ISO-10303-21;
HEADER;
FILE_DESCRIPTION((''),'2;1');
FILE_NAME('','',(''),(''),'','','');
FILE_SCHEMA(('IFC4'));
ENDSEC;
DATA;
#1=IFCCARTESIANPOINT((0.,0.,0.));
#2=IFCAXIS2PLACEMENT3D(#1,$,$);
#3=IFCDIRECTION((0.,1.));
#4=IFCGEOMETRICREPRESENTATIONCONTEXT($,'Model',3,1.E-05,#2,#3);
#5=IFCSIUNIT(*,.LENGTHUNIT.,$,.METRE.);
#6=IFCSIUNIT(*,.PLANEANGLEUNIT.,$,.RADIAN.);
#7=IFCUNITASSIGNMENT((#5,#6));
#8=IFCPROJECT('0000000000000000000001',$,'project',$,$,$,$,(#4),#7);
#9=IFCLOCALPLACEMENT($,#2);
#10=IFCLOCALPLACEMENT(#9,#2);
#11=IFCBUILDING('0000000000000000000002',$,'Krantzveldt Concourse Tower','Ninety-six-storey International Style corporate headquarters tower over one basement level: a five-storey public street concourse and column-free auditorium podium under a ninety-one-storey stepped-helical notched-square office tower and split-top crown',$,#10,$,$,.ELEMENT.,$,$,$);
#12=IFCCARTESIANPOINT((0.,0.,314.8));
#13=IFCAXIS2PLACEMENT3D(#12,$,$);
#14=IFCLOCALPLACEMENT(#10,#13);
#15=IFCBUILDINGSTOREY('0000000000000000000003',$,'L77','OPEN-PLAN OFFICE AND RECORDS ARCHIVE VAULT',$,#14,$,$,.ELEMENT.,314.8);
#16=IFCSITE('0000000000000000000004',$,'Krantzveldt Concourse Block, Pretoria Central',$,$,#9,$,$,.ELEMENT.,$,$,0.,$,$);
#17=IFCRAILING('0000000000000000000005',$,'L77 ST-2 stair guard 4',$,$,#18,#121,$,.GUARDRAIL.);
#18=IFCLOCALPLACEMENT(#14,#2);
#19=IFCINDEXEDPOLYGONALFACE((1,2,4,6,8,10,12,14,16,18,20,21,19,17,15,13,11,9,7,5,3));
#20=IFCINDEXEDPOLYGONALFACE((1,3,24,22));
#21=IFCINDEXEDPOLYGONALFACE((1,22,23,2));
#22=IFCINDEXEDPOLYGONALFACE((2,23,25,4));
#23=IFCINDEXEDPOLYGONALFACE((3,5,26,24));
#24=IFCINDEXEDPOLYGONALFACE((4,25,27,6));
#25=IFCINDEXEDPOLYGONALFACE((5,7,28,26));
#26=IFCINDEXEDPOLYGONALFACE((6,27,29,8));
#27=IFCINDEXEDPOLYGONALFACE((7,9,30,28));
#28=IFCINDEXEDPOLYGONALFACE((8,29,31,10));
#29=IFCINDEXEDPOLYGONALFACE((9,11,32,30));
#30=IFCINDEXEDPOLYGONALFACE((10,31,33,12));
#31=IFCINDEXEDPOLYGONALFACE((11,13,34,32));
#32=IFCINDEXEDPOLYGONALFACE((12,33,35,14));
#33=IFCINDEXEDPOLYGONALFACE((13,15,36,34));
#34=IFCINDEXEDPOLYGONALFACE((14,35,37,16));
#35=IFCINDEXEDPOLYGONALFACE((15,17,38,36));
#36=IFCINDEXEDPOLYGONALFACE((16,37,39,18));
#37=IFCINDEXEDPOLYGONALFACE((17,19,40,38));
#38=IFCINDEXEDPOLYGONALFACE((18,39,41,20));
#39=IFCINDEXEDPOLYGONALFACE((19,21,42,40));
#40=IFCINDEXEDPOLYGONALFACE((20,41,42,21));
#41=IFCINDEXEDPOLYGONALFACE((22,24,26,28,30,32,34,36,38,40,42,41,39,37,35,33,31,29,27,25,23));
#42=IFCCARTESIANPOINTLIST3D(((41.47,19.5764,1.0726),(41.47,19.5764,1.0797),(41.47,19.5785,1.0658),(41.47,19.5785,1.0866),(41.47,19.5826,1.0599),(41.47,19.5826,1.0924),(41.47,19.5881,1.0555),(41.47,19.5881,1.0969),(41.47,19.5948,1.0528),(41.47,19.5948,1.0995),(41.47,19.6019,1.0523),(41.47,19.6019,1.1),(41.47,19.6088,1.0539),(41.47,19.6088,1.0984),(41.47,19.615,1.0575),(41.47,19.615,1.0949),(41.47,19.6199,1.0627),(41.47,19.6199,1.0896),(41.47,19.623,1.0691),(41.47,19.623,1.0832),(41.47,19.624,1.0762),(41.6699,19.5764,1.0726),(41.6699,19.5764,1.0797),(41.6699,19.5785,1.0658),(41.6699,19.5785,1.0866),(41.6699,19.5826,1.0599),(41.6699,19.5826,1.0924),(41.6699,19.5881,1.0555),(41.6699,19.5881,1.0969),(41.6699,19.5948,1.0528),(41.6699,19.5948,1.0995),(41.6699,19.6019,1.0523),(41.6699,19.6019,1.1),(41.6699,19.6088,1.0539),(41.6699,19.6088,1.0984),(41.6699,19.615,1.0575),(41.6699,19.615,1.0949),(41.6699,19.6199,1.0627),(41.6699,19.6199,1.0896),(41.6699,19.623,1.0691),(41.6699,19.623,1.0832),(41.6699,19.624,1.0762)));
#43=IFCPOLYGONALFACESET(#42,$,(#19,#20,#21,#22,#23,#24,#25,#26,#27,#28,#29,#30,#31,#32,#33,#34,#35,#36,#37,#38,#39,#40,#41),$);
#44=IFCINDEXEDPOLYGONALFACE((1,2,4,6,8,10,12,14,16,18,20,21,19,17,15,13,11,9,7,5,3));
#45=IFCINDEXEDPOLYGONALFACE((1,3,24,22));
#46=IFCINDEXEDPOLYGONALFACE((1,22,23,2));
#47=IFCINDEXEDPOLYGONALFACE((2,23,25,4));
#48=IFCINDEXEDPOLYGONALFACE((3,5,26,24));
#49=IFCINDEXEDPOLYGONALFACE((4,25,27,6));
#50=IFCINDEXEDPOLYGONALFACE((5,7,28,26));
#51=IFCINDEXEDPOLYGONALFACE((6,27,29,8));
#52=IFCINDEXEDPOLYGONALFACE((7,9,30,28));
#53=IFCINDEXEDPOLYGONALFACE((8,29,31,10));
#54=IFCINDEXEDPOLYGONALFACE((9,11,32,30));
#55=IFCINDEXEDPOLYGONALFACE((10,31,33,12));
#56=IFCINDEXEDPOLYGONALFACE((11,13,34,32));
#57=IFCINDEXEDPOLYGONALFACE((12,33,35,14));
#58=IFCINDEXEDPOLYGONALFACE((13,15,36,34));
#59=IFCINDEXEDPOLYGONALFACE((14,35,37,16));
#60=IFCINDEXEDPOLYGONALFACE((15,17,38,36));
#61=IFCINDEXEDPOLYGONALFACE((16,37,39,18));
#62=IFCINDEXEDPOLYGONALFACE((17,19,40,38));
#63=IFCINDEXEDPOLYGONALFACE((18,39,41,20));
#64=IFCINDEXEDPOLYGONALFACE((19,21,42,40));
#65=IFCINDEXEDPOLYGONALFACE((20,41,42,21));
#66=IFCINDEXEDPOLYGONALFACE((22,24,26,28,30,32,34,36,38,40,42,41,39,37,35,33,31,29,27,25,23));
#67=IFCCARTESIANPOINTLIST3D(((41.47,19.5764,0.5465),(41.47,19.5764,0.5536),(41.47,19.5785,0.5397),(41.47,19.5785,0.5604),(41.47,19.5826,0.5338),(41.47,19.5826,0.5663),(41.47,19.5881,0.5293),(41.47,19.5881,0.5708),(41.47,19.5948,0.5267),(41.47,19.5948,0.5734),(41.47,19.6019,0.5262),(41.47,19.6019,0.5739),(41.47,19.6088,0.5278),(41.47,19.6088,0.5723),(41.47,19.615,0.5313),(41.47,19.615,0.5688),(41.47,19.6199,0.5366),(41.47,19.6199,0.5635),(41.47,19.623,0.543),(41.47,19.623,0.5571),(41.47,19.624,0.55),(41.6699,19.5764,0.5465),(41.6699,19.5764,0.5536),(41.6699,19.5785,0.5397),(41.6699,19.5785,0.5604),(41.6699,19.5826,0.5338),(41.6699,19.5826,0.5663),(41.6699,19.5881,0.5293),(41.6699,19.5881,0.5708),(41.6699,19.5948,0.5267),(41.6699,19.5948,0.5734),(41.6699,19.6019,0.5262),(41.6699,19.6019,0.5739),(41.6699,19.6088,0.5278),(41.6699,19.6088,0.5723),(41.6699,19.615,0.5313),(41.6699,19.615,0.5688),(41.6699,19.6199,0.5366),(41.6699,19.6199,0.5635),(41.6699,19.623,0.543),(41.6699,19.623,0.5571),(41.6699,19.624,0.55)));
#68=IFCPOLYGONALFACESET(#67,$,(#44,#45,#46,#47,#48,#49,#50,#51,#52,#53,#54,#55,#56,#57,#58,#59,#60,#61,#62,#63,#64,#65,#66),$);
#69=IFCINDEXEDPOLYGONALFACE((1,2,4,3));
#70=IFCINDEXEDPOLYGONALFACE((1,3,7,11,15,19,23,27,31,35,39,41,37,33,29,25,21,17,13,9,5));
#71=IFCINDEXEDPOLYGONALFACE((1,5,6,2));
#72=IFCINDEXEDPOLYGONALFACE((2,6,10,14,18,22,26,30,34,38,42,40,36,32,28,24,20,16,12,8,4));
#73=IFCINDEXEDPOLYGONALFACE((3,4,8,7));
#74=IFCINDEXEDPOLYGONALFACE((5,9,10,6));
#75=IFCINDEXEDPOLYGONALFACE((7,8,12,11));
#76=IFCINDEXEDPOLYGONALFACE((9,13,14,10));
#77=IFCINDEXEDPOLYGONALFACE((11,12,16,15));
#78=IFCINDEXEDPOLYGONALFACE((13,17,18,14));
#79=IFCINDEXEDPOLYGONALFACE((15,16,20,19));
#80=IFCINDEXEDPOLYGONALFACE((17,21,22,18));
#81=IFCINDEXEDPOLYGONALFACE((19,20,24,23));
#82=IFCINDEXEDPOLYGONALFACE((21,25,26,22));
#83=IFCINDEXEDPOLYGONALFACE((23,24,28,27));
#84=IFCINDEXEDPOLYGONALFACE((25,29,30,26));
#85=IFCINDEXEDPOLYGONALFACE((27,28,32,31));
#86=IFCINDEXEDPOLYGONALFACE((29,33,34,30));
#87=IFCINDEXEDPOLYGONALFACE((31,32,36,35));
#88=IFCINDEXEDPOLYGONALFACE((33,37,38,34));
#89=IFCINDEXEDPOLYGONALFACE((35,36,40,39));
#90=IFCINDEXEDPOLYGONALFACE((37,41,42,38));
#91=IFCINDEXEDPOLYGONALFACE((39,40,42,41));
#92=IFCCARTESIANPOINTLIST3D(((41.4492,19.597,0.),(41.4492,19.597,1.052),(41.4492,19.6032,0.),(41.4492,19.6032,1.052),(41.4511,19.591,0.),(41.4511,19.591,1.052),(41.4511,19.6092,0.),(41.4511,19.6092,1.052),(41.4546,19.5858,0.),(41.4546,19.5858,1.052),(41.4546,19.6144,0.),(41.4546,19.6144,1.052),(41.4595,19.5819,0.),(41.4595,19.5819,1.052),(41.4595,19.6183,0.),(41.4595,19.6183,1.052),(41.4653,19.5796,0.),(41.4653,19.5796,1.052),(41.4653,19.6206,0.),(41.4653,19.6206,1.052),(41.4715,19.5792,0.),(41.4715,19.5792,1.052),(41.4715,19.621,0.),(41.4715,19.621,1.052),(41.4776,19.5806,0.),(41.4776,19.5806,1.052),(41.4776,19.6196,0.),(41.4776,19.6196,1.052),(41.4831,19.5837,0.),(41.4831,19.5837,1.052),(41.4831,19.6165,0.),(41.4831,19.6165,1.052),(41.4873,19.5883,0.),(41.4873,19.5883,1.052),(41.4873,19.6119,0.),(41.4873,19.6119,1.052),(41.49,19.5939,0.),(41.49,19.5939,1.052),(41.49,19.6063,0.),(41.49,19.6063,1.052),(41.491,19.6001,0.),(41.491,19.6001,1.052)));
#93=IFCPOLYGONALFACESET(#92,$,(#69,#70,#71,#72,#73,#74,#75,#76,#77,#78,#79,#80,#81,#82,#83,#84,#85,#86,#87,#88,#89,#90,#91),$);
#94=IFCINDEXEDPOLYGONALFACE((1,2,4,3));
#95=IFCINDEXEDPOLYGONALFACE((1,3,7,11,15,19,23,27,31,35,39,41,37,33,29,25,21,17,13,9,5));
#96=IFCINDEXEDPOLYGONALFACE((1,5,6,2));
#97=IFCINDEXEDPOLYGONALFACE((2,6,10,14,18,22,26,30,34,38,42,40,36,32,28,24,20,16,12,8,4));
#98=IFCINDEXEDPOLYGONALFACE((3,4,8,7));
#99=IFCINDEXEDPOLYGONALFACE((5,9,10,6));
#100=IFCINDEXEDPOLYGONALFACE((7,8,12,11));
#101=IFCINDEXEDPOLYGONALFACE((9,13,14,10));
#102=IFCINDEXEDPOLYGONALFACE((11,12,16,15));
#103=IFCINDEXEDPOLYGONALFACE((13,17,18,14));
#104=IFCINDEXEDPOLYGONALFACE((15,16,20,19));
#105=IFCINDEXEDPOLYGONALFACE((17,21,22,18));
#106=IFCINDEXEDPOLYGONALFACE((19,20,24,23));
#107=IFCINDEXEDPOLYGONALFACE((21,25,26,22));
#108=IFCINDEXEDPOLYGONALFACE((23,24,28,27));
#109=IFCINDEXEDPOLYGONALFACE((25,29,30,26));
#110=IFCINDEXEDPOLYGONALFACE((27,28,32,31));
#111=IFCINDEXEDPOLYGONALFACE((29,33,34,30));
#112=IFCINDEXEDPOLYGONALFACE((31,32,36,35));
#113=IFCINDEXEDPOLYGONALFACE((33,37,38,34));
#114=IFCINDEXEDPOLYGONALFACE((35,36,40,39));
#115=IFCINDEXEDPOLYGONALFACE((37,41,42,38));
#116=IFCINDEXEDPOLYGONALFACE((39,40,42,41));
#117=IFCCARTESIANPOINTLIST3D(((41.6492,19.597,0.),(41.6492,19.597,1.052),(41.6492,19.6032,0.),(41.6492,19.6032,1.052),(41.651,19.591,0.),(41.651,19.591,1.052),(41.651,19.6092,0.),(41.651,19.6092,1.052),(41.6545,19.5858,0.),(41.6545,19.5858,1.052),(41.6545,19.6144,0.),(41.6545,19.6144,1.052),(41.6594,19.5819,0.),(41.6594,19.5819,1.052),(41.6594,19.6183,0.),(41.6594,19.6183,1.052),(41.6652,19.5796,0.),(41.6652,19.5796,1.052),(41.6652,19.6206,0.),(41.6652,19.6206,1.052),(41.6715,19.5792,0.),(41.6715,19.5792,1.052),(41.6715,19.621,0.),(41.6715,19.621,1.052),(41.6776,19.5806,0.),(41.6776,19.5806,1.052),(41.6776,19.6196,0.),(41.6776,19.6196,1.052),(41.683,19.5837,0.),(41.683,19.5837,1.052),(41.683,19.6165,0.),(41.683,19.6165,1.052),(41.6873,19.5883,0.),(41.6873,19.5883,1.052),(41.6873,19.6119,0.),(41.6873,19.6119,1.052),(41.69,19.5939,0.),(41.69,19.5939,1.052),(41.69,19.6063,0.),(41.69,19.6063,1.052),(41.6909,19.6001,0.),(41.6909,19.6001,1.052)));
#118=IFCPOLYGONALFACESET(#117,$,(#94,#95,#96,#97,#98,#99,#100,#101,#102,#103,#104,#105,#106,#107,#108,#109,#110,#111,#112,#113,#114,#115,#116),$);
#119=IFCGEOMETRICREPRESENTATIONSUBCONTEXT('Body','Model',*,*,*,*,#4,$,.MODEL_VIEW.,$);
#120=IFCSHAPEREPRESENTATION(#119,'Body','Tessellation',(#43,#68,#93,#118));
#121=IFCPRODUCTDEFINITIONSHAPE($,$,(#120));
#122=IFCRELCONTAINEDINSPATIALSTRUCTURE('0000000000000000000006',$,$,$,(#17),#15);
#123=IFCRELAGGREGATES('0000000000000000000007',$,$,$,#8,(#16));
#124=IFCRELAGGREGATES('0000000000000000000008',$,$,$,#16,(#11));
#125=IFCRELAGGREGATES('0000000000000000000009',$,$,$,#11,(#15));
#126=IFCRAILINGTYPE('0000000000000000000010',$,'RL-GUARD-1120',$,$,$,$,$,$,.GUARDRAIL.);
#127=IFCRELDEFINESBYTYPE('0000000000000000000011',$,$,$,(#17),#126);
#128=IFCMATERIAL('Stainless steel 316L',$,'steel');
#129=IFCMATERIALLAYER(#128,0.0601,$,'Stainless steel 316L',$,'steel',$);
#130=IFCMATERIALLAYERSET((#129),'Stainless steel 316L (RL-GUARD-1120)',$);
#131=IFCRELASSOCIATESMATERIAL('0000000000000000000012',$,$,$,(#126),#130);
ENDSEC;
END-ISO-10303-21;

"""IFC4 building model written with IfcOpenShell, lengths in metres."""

from ifc_helpers import new_model, si_unit, direction, frame, origin, origin_2d, place, context, subcontext, project, spatial, circle, extrude, material, layer, layer_set, type_object, element, save


model = new_model("IFC4")

# Units and contexts
model_context = context("Model", 3, precision=1e-05, world=origin(), true_north=direction((0.0, 1.0)))
body_context = subcontext(model_context, "Body", "Model", "MODEL_VIEW")
ifc_project = project(units=[si_unit("LENGTHUNIT", "METRE"), si_unit("PLANEANGLEUNIT", "RADIAN")], contexts=[model_context])

# Site, building, storey
site_placement = place(None, origin())
site = spatial("IfcSite", under=ifc_project, at=site_placement, Name="Krantzveldt Concourse Block, Pretoria Central", CompositionType="ELEMENT", RefElevation=0.0)
building_placement = place(site_placement, origin())
building = spatial("IfcBuilding", under=site, at=building_placement, Name="Krantzveldt Concourse Tower", Description="Ninety-six-storey International Style corporate headquarters tower over one basement level: a five-storey public street concourse and column-free auditorium podium under a ninety-one-storey stepped-helical notched-square office tower and split-top crown", CompositionType="ELEMENT")
storey_placement = place(building_placement, frame((0.0, 0.0, 314.8)))
storey = spatial("IfcBuildingStorey", under=building, at=storey_placement, Name="L77", Description="OPEN-PLAN OFFICE AND RECORDS ARCHIVE VAULT", CompositionType="ELEMENT", Elevation=314.8)

# Shared definitions
ifc_material_1 = material(Name="Stainless steel 316L", Category="steel")

# Railing
ifc_layer_1 = layer(ifc_material_1, 0.0601, Name="Stainless steel 316L", Category="steel")
ifc_layer_set_1 = layer_set([ifc_layer_1], Name="Stainless steel 316L (RL-GUARD-1120)")
railing_type_1 = type_object("IfcRailingType", Name="RL-GUARD-1120", PredefinedType="GUARDRAIL", material=ifc_layer_set_1)
railing_1_placement = place(storey_placement, frame((41.47, 19.6001, 0.0)))
element("IfcRailing", 1, at=railing_1_placement, inside=storey, type_object=railing_type_1, Name="L77 ST-2 stair guard 4", PredefinedType="GUARDRAIL", context=body_context, shape_type="SweptSolid", body=[
    extrude(circle(Radius=0.0239, at=origin_2d()), frame((0.0, 0.0, 1.0762), z_axis=(1.0, 0.0, 0.0), x_axis=(0.0, 1.0, 0.0)), (0.0, 0.0, 1.0), 0.2),
    extrude(circle(Radius=0.0239, at=origin_2d()), frame((0.0, 0.0, 0.55), z_axis=(1.0, 0.0, 0.0), x_axis=(0.0, 1.0, 0.0)), (0.0, 0.0, 1.0), 0.2),
    extrude(circle(Radius=0.021, at=origin_2d()), origin(), (0.0, 0.0, 1.0), 1.052),
    extrude(circle(Radius=0.021, at=origin_2d()), frame((0.2, 0.0, 0.0)), (0.0, 0.0, 1.0), 1.052),
])

save(model, "model.ifc")
